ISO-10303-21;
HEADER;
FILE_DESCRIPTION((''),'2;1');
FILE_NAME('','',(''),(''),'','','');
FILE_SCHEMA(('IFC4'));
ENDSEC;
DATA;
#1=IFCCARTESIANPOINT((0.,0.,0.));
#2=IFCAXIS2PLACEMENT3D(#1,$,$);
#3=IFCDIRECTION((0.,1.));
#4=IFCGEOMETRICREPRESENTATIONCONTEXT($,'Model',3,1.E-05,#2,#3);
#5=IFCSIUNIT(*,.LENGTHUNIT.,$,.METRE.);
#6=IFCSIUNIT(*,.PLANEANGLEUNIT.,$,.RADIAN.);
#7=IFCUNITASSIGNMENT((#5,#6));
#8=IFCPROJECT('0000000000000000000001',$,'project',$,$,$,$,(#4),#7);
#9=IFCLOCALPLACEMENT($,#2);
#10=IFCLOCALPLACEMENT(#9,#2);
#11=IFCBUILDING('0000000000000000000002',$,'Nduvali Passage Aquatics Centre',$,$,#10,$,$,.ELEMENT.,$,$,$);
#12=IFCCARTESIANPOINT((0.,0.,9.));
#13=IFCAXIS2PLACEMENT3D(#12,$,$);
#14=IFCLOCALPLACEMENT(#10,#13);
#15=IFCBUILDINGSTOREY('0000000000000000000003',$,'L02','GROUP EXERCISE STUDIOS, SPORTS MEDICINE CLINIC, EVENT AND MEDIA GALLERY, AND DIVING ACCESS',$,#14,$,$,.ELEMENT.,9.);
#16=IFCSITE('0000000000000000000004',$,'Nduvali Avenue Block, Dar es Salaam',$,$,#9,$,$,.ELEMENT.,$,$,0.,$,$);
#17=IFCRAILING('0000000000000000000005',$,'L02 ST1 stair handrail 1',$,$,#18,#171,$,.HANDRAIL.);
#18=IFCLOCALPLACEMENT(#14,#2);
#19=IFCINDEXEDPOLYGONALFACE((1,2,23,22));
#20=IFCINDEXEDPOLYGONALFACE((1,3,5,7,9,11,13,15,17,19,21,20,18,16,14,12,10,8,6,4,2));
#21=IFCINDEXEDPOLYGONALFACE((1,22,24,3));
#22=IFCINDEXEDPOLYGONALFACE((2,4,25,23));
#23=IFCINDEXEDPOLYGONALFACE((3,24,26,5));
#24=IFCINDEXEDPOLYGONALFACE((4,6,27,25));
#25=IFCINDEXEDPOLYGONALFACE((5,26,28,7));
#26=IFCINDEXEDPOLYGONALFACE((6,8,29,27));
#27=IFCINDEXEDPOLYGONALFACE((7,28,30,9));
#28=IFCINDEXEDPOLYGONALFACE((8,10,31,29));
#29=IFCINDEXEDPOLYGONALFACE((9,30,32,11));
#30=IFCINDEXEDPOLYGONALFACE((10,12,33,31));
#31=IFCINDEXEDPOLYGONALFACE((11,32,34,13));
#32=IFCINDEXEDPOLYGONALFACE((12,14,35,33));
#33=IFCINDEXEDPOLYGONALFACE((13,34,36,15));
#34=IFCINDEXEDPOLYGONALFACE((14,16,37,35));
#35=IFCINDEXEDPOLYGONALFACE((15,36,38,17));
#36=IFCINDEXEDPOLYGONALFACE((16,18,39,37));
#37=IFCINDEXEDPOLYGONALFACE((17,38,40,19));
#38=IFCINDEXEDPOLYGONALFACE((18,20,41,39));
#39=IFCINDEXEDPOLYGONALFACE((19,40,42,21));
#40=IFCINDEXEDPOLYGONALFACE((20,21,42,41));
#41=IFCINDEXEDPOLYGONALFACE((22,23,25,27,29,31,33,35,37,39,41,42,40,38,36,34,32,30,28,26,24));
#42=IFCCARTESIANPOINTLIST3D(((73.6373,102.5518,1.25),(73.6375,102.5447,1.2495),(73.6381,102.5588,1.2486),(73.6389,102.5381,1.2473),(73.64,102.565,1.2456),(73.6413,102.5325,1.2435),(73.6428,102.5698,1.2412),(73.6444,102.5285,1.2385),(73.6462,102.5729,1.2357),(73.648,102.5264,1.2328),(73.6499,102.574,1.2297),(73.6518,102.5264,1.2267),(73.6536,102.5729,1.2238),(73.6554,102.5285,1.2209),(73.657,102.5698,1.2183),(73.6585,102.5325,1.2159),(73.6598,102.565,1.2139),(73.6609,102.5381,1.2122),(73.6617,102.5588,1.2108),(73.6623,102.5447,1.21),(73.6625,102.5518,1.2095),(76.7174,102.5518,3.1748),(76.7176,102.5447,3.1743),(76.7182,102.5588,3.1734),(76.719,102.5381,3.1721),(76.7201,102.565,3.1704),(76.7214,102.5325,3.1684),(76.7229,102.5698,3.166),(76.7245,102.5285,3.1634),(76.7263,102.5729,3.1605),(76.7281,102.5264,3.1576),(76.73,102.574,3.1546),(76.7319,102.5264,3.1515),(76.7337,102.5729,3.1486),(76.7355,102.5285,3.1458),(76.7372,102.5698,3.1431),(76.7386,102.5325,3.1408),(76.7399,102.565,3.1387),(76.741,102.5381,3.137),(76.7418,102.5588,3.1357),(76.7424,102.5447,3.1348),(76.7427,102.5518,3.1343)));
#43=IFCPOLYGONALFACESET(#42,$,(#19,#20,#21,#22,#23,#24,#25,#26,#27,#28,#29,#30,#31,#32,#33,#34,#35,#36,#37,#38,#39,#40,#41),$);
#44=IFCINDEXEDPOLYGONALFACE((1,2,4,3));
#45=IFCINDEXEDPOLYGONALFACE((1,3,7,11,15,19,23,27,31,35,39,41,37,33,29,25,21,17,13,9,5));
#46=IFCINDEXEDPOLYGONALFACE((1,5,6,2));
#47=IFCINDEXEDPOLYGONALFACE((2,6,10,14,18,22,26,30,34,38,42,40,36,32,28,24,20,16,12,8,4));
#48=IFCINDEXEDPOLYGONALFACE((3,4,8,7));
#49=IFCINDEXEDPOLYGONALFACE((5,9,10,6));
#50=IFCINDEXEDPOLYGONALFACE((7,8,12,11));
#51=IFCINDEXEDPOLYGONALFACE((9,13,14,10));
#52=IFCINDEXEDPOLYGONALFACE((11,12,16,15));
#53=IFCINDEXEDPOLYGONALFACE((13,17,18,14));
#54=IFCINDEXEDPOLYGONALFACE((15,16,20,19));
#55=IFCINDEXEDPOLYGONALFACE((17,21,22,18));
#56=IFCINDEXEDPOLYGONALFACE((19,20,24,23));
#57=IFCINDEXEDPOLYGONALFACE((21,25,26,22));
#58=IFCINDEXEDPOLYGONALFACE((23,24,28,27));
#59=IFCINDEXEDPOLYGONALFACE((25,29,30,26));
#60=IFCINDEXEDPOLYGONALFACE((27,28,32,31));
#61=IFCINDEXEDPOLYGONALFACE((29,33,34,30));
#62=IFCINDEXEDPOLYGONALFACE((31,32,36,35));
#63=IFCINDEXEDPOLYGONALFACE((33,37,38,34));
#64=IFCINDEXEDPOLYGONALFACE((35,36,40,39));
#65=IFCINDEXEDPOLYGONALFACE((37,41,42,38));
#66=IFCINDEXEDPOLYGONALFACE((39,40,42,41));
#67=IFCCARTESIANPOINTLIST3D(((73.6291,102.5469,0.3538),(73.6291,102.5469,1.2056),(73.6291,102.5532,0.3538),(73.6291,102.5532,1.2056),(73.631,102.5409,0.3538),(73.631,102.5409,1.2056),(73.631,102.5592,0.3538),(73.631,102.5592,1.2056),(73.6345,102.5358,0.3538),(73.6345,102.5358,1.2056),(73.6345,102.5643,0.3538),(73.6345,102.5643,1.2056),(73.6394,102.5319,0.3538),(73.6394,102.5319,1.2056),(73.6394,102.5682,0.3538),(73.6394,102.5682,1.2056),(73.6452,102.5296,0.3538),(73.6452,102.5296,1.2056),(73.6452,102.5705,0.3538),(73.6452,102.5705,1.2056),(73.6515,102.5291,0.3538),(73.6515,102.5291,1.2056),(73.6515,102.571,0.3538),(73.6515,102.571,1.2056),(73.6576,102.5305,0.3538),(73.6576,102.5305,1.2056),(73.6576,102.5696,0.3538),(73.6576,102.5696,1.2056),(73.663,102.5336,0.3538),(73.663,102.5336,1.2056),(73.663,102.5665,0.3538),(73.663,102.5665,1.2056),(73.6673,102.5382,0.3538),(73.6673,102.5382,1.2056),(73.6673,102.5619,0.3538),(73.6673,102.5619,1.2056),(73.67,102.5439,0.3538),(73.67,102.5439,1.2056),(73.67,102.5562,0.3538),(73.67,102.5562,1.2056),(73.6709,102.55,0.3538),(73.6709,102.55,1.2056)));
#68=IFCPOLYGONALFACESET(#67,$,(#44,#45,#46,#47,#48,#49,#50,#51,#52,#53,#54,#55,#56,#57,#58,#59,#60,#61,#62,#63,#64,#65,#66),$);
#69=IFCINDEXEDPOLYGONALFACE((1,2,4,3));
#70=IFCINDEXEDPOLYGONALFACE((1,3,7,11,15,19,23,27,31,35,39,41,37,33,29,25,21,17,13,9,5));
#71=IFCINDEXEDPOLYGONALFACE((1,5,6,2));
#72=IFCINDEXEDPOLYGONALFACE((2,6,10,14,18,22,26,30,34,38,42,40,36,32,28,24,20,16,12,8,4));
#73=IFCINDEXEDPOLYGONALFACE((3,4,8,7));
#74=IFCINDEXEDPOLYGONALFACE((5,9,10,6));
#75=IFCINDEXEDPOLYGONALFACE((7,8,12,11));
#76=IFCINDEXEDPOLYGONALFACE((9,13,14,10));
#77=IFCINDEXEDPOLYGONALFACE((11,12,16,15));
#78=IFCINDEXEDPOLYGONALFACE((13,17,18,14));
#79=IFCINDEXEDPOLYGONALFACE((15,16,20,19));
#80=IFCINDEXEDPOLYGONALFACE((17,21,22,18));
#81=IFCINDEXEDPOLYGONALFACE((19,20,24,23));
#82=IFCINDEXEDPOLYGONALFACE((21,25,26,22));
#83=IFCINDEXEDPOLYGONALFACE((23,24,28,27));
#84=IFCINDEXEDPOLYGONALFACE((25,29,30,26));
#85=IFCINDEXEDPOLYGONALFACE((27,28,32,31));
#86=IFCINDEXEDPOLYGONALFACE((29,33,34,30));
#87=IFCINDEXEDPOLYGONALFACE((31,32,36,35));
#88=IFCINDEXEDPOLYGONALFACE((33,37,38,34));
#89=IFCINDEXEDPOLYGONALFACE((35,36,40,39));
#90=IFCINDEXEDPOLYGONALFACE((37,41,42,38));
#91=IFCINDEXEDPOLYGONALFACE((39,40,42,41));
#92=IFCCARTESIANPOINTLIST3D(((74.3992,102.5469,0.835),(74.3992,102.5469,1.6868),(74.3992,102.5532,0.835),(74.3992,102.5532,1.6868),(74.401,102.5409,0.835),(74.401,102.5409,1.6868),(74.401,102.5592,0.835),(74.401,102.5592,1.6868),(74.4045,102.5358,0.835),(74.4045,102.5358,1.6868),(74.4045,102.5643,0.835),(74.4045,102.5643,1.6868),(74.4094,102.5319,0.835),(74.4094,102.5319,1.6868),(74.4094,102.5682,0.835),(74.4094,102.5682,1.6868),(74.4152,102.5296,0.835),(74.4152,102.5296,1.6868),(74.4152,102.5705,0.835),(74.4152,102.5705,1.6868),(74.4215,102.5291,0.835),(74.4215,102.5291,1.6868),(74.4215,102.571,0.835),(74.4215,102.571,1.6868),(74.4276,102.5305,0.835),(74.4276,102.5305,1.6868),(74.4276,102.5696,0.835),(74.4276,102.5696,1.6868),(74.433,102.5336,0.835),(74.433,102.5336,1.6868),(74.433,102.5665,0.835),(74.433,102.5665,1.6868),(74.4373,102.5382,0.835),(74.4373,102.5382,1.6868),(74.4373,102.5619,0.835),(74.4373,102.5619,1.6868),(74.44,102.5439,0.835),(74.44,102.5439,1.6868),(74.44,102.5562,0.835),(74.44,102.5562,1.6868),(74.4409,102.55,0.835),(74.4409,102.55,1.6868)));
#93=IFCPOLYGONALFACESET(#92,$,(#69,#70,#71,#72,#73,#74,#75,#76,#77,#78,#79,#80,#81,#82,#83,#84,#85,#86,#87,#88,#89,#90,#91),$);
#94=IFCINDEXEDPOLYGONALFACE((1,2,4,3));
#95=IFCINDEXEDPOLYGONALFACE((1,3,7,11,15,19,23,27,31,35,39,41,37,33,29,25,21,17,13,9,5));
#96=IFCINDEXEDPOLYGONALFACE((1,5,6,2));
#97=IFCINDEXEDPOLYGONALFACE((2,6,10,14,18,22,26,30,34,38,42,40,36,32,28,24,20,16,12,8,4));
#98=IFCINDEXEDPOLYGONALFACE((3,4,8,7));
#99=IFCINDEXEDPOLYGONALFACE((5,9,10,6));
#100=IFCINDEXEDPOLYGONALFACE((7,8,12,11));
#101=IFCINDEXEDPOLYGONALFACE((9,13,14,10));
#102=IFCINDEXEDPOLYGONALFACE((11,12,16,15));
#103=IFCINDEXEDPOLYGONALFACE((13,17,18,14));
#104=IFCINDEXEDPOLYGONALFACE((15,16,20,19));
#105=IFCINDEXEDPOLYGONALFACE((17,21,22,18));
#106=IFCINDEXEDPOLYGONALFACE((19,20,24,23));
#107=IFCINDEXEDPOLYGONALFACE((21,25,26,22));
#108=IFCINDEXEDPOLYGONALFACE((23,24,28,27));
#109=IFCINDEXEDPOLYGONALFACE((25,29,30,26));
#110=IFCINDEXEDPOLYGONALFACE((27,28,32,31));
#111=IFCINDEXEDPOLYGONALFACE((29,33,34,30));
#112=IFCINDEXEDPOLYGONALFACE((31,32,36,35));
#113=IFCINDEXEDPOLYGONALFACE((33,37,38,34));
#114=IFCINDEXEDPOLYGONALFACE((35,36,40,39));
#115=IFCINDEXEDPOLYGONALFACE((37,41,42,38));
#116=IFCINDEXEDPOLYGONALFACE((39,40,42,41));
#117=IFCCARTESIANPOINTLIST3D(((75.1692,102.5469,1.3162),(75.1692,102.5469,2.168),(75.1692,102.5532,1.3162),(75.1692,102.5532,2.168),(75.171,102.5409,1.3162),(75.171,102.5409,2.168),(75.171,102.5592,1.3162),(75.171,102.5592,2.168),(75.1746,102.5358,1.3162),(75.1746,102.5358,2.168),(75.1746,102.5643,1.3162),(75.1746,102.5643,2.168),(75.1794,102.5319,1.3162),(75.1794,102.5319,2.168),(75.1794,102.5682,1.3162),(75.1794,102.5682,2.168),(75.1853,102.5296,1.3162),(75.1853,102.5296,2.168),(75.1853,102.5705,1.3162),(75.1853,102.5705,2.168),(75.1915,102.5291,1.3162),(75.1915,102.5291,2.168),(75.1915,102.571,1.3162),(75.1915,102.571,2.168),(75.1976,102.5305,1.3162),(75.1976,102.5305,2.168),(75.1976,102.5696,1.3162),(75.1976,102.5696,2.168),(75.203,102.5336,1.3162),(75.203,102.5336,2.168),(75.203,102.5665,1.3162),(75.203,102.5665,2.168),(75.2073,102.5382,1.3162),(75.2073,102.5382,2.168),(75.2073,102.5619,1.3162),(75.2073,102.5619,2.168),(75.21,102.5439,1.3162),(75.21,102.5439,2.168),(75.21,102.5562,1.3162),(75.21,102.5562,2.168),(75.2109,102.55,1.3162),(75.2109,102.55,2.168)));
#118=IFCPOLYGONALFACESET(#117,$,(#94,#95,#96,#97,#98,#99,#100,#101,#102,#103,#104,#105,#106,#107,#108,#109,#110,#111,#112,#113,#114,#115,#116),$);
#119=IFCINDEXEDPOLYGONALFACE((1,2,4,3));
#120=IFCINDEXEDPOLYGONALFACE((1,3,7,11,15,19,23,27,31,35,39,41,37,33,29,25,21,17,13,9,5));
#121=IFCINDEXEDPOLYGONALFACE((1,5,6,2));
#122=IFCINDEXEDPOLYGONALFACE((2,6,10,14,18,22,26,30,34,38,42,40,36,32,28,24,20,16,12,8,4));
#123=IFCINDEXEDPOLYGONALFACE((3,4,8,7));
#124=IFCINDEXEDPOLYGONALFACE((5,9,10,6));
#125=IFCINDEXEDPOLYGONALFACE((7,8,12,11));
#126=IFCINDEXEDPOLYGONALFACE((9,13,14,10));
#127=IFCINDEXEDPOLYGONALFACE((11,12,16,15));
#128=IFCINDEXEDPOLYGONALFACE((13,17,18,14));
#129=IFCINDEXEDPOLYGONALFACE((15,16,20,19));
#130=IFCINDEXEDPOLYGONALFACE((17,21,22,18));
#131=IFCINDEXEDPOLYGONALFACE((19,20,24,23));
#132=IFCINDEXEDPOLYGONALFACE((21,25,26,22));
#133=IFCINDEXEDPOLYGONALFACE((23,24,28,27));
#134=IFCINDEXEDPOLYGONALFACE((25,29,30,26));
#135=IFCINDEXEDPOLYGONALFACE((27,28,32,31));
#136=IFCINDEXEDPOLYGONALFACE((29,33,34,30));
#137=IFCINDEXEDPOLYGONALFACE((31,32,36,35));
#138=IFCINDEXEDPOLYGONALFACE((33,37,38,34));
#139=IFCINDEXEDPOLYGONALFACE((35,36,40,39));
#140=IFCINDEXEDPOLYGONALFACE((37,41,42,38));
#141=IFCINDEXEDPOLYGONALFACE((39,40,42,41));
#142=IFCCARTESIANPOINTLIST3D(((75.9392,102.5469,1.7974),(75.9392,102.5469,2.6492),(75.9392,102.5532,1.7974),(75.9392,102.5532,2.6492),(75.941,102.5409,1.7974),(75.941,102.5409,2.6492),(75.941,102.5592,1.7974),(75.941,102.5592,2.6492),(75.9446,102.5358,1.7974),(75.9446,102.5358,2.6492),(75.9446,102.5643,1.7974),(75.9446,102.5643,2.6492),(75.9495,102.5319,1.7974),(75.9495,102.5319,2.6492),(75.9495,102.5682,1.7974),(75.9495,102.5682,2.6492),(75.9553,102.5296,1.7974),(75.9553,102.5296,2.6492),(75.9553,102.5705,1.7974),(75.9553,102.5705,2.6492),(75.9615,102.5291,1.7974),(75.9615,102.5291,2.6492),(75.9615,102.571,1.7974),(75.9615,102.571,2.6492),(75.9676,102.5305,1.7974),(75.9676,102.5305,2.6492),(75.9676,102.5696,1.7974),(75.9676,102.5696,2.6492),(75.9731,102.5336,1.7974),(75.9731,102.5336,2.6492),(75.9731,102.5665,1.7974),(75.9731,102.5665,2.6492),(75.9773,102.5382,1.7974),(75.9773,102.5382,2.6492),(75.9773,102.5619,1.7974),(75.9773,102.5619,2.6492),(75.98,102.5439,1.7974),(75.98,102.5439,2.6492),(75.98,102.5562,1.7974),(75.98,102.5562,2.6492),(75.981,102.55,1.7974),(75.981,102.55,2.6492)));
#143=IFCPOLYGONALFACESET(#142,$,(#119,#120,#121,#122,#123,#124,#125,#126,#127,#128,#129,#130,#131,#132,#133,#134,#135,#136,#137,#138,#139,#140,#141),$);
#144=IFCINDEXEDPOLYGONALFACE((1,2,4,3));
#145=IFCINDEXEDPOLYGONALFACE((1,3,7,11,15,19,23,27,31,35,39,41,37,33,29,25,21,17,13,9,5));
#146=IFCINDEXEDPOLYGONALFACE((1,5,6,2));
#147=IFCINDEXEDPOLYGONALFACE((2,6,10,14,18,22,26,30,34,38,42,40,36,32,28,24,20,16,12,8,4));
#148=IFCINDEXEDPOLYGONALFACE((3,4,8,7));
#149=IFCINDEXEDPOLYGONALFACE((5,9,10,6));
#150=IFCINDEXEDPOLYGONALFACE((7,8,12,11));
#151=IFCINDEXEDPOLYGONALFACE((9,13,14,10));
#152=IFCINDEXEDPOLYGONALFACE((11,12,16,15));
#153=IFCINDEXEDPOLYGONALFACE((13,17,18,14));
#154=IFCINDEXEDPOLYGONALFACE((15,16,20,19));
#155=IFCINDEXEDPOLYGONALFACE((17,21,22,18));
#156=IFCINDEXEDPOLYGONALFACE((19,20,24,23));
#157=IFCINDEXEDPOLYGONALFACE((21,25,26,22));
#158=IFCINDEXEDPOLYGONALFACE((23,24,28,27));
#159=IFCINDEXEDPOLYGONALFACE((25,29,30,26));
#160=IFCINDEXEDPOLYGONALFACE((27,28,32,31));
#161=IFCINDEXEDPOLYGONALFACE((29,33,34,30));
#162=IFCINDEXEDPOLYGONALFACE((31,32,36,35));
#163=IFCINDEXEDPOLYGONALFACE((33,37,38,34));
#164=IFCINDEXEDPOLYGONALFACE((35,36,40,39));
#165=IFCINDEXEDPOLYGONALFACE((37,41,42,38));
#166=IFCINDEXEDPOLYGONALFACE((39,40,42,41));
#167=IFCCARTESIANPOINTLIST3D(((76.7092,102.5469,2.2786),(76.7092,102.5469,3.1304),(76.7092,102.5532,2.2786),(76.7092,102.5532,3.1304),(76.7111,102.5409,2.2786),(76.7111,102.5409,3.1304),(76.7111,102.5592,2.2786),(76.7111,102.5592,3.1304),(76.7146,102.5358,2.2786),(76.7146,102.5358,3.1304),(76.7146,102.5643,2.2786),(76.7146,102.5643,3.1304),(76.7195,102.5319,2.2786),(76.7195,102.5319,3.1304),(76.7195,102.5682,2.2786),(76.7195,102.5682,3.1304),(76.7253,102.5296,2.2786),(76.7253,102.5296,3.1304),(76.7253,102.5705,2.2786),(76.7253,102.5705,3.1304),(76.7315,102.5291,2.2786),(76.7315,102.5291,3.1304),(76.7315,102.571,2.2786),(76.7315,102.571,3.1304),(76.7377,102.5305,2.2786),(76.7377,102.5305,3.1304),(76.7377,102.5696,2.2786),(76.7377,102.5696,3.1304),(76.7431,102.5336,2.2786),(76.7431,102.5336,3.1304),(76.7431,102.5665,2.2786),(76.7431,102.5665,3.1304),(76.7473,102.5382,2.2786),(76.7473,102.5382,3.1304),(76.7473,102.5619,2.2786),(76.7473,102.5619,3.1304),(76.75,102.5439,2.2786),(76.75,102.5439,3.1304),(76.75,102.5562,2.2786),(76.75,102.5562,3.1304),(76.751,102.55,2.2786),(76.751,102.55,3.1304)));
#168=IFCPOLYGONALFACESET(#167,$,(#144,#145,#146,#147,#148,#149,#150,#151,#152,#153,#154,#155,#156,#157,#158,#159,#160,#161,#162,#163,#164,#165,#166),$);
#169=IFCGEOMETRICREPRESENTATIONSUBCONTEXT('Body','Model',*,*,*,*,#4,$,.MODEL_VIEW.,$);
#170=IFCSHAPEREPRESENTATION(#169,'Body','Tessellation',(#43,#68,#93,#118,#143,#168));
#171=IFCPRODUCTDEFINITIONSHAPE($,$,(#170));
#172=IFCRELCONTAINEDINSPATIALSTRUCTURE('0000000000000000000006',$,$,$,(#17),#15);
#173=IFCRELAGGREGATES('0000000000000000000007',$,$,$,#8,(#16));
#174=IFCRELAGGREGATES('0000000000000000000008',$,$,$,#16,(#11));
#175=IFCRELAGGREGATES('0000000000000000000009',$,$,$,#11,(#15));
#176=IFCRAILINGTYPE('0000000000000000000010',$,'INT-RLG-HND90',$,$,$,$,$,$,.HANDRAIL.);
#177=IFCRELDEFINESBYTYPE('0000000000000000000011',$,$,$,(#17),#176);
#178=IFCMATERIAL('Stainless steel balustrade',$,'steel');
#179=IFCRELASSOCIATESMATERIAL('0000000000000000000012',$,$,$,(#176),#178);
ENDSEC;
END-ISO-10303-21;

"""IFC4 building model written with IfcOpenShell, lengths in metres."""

from ifc_helpers import new_model, si_unit, direction, frame, origin, origin_2d, place, context, subcontext, project, spatial, circle, extrude, material, type_object, element, save


model = new_model("IFC4")

# Units and contexts
model_context = context("Model", 3, precision=1e-05, world=origin(), true_north=direction((0.0, 1.0)))
body_context = subcontext(model_context, "Body", "Model", "MODEL_VIEW")
ifc_project = project(units=[si_unit("LENGTHUNIT", "METRE"), si_unit("PLANEANGLEUNIT", "RADIAN")], contexts=[model_context])

# Site, building, storey
site_placement = place(None, origin())
site = spatial("IfcSite", under=ifc_project, at=site_placement, Name="Nduvali Avenue Block, Dar es Salaam", CompositionType="ELEMENT", RefElevation=0.0)
building_placement = place(site_placement, origin())
building = spatial("IfcBuilding", under=site, at=building_placement, Name="Nduvali Passage Aquatics Centre", CompositionType="ELEMENT")
storey_placement = place(building_placement, frame((0.0, 0.0, 9.0)))
storey = spatial("IfcBuildingStorey", under=building, at=storey_placement, Name="L02", Description="GROUP EXERCISE STUDIOS, SPORTS MEDICINE CLINIC, EVENT AND MEDIA GALLERY, AND DIVING ACCESS", CompositionType="ELEMENT", Elevation=9.0)

# Railing
ifc_material_1 = material(Name="Stainless steel balustrade", Category="steel")
railing_type_1 = type_object("IfcRailingType", Name="INT-RLG-HND90", PredefinedType="HANDRAIL", material=ifc_material_1)
railing_1_placement = place(storey_placement, frame((73.6499, 102.55, 0.3538)))
element("IfcRailing", 1, at=railing_1_placement, inside=storey, type_object=railing_type_1, Name="L02 ST1 stair handrail 1", PredefinedType="HANDRAIL", context=body_context, shape_type="SweptSolid", body=[
    extrude(circle(Radius=0.0239, at=origin_2d()), frame((0.0, 0.0, 0.876), z_axis=(0.848029, 0.0, 0.529951), x_axis=(0.0, 1.0, 0.0)), (0.0, 0.0, 1.0), 3.6321),
    extrude(circle(Radius=0.021, at=origin_2d()), origin(), (0.0, 0.0, 1.0), 0.8518),
    extrude(circle(Radius=0.021, at=origin_2d()), frame((0.77, 0.0, 0.4812)), (0.0, 0.0, 1.0), 0.8518),
    extrude(circle(Radius=0.021, at=origin_2d()), frame((1.54, 0.0, 0.9624)), (0.0, 0.0, 1.0), 0.8518),
    extrude(circle(Radius=0.021, at=origin_2d()), frame((2.3101, 0.0, 1.4436)), (0.0, 0.0, 1.0), 0.8518),
    extrude(circle(Radius=0.021, at=origin_2d()), frame((3.0801, 0.0, 1.9248)), (0.0, 0.0, 1.0), 0.8518),
])

save(model, "model.ifc")
